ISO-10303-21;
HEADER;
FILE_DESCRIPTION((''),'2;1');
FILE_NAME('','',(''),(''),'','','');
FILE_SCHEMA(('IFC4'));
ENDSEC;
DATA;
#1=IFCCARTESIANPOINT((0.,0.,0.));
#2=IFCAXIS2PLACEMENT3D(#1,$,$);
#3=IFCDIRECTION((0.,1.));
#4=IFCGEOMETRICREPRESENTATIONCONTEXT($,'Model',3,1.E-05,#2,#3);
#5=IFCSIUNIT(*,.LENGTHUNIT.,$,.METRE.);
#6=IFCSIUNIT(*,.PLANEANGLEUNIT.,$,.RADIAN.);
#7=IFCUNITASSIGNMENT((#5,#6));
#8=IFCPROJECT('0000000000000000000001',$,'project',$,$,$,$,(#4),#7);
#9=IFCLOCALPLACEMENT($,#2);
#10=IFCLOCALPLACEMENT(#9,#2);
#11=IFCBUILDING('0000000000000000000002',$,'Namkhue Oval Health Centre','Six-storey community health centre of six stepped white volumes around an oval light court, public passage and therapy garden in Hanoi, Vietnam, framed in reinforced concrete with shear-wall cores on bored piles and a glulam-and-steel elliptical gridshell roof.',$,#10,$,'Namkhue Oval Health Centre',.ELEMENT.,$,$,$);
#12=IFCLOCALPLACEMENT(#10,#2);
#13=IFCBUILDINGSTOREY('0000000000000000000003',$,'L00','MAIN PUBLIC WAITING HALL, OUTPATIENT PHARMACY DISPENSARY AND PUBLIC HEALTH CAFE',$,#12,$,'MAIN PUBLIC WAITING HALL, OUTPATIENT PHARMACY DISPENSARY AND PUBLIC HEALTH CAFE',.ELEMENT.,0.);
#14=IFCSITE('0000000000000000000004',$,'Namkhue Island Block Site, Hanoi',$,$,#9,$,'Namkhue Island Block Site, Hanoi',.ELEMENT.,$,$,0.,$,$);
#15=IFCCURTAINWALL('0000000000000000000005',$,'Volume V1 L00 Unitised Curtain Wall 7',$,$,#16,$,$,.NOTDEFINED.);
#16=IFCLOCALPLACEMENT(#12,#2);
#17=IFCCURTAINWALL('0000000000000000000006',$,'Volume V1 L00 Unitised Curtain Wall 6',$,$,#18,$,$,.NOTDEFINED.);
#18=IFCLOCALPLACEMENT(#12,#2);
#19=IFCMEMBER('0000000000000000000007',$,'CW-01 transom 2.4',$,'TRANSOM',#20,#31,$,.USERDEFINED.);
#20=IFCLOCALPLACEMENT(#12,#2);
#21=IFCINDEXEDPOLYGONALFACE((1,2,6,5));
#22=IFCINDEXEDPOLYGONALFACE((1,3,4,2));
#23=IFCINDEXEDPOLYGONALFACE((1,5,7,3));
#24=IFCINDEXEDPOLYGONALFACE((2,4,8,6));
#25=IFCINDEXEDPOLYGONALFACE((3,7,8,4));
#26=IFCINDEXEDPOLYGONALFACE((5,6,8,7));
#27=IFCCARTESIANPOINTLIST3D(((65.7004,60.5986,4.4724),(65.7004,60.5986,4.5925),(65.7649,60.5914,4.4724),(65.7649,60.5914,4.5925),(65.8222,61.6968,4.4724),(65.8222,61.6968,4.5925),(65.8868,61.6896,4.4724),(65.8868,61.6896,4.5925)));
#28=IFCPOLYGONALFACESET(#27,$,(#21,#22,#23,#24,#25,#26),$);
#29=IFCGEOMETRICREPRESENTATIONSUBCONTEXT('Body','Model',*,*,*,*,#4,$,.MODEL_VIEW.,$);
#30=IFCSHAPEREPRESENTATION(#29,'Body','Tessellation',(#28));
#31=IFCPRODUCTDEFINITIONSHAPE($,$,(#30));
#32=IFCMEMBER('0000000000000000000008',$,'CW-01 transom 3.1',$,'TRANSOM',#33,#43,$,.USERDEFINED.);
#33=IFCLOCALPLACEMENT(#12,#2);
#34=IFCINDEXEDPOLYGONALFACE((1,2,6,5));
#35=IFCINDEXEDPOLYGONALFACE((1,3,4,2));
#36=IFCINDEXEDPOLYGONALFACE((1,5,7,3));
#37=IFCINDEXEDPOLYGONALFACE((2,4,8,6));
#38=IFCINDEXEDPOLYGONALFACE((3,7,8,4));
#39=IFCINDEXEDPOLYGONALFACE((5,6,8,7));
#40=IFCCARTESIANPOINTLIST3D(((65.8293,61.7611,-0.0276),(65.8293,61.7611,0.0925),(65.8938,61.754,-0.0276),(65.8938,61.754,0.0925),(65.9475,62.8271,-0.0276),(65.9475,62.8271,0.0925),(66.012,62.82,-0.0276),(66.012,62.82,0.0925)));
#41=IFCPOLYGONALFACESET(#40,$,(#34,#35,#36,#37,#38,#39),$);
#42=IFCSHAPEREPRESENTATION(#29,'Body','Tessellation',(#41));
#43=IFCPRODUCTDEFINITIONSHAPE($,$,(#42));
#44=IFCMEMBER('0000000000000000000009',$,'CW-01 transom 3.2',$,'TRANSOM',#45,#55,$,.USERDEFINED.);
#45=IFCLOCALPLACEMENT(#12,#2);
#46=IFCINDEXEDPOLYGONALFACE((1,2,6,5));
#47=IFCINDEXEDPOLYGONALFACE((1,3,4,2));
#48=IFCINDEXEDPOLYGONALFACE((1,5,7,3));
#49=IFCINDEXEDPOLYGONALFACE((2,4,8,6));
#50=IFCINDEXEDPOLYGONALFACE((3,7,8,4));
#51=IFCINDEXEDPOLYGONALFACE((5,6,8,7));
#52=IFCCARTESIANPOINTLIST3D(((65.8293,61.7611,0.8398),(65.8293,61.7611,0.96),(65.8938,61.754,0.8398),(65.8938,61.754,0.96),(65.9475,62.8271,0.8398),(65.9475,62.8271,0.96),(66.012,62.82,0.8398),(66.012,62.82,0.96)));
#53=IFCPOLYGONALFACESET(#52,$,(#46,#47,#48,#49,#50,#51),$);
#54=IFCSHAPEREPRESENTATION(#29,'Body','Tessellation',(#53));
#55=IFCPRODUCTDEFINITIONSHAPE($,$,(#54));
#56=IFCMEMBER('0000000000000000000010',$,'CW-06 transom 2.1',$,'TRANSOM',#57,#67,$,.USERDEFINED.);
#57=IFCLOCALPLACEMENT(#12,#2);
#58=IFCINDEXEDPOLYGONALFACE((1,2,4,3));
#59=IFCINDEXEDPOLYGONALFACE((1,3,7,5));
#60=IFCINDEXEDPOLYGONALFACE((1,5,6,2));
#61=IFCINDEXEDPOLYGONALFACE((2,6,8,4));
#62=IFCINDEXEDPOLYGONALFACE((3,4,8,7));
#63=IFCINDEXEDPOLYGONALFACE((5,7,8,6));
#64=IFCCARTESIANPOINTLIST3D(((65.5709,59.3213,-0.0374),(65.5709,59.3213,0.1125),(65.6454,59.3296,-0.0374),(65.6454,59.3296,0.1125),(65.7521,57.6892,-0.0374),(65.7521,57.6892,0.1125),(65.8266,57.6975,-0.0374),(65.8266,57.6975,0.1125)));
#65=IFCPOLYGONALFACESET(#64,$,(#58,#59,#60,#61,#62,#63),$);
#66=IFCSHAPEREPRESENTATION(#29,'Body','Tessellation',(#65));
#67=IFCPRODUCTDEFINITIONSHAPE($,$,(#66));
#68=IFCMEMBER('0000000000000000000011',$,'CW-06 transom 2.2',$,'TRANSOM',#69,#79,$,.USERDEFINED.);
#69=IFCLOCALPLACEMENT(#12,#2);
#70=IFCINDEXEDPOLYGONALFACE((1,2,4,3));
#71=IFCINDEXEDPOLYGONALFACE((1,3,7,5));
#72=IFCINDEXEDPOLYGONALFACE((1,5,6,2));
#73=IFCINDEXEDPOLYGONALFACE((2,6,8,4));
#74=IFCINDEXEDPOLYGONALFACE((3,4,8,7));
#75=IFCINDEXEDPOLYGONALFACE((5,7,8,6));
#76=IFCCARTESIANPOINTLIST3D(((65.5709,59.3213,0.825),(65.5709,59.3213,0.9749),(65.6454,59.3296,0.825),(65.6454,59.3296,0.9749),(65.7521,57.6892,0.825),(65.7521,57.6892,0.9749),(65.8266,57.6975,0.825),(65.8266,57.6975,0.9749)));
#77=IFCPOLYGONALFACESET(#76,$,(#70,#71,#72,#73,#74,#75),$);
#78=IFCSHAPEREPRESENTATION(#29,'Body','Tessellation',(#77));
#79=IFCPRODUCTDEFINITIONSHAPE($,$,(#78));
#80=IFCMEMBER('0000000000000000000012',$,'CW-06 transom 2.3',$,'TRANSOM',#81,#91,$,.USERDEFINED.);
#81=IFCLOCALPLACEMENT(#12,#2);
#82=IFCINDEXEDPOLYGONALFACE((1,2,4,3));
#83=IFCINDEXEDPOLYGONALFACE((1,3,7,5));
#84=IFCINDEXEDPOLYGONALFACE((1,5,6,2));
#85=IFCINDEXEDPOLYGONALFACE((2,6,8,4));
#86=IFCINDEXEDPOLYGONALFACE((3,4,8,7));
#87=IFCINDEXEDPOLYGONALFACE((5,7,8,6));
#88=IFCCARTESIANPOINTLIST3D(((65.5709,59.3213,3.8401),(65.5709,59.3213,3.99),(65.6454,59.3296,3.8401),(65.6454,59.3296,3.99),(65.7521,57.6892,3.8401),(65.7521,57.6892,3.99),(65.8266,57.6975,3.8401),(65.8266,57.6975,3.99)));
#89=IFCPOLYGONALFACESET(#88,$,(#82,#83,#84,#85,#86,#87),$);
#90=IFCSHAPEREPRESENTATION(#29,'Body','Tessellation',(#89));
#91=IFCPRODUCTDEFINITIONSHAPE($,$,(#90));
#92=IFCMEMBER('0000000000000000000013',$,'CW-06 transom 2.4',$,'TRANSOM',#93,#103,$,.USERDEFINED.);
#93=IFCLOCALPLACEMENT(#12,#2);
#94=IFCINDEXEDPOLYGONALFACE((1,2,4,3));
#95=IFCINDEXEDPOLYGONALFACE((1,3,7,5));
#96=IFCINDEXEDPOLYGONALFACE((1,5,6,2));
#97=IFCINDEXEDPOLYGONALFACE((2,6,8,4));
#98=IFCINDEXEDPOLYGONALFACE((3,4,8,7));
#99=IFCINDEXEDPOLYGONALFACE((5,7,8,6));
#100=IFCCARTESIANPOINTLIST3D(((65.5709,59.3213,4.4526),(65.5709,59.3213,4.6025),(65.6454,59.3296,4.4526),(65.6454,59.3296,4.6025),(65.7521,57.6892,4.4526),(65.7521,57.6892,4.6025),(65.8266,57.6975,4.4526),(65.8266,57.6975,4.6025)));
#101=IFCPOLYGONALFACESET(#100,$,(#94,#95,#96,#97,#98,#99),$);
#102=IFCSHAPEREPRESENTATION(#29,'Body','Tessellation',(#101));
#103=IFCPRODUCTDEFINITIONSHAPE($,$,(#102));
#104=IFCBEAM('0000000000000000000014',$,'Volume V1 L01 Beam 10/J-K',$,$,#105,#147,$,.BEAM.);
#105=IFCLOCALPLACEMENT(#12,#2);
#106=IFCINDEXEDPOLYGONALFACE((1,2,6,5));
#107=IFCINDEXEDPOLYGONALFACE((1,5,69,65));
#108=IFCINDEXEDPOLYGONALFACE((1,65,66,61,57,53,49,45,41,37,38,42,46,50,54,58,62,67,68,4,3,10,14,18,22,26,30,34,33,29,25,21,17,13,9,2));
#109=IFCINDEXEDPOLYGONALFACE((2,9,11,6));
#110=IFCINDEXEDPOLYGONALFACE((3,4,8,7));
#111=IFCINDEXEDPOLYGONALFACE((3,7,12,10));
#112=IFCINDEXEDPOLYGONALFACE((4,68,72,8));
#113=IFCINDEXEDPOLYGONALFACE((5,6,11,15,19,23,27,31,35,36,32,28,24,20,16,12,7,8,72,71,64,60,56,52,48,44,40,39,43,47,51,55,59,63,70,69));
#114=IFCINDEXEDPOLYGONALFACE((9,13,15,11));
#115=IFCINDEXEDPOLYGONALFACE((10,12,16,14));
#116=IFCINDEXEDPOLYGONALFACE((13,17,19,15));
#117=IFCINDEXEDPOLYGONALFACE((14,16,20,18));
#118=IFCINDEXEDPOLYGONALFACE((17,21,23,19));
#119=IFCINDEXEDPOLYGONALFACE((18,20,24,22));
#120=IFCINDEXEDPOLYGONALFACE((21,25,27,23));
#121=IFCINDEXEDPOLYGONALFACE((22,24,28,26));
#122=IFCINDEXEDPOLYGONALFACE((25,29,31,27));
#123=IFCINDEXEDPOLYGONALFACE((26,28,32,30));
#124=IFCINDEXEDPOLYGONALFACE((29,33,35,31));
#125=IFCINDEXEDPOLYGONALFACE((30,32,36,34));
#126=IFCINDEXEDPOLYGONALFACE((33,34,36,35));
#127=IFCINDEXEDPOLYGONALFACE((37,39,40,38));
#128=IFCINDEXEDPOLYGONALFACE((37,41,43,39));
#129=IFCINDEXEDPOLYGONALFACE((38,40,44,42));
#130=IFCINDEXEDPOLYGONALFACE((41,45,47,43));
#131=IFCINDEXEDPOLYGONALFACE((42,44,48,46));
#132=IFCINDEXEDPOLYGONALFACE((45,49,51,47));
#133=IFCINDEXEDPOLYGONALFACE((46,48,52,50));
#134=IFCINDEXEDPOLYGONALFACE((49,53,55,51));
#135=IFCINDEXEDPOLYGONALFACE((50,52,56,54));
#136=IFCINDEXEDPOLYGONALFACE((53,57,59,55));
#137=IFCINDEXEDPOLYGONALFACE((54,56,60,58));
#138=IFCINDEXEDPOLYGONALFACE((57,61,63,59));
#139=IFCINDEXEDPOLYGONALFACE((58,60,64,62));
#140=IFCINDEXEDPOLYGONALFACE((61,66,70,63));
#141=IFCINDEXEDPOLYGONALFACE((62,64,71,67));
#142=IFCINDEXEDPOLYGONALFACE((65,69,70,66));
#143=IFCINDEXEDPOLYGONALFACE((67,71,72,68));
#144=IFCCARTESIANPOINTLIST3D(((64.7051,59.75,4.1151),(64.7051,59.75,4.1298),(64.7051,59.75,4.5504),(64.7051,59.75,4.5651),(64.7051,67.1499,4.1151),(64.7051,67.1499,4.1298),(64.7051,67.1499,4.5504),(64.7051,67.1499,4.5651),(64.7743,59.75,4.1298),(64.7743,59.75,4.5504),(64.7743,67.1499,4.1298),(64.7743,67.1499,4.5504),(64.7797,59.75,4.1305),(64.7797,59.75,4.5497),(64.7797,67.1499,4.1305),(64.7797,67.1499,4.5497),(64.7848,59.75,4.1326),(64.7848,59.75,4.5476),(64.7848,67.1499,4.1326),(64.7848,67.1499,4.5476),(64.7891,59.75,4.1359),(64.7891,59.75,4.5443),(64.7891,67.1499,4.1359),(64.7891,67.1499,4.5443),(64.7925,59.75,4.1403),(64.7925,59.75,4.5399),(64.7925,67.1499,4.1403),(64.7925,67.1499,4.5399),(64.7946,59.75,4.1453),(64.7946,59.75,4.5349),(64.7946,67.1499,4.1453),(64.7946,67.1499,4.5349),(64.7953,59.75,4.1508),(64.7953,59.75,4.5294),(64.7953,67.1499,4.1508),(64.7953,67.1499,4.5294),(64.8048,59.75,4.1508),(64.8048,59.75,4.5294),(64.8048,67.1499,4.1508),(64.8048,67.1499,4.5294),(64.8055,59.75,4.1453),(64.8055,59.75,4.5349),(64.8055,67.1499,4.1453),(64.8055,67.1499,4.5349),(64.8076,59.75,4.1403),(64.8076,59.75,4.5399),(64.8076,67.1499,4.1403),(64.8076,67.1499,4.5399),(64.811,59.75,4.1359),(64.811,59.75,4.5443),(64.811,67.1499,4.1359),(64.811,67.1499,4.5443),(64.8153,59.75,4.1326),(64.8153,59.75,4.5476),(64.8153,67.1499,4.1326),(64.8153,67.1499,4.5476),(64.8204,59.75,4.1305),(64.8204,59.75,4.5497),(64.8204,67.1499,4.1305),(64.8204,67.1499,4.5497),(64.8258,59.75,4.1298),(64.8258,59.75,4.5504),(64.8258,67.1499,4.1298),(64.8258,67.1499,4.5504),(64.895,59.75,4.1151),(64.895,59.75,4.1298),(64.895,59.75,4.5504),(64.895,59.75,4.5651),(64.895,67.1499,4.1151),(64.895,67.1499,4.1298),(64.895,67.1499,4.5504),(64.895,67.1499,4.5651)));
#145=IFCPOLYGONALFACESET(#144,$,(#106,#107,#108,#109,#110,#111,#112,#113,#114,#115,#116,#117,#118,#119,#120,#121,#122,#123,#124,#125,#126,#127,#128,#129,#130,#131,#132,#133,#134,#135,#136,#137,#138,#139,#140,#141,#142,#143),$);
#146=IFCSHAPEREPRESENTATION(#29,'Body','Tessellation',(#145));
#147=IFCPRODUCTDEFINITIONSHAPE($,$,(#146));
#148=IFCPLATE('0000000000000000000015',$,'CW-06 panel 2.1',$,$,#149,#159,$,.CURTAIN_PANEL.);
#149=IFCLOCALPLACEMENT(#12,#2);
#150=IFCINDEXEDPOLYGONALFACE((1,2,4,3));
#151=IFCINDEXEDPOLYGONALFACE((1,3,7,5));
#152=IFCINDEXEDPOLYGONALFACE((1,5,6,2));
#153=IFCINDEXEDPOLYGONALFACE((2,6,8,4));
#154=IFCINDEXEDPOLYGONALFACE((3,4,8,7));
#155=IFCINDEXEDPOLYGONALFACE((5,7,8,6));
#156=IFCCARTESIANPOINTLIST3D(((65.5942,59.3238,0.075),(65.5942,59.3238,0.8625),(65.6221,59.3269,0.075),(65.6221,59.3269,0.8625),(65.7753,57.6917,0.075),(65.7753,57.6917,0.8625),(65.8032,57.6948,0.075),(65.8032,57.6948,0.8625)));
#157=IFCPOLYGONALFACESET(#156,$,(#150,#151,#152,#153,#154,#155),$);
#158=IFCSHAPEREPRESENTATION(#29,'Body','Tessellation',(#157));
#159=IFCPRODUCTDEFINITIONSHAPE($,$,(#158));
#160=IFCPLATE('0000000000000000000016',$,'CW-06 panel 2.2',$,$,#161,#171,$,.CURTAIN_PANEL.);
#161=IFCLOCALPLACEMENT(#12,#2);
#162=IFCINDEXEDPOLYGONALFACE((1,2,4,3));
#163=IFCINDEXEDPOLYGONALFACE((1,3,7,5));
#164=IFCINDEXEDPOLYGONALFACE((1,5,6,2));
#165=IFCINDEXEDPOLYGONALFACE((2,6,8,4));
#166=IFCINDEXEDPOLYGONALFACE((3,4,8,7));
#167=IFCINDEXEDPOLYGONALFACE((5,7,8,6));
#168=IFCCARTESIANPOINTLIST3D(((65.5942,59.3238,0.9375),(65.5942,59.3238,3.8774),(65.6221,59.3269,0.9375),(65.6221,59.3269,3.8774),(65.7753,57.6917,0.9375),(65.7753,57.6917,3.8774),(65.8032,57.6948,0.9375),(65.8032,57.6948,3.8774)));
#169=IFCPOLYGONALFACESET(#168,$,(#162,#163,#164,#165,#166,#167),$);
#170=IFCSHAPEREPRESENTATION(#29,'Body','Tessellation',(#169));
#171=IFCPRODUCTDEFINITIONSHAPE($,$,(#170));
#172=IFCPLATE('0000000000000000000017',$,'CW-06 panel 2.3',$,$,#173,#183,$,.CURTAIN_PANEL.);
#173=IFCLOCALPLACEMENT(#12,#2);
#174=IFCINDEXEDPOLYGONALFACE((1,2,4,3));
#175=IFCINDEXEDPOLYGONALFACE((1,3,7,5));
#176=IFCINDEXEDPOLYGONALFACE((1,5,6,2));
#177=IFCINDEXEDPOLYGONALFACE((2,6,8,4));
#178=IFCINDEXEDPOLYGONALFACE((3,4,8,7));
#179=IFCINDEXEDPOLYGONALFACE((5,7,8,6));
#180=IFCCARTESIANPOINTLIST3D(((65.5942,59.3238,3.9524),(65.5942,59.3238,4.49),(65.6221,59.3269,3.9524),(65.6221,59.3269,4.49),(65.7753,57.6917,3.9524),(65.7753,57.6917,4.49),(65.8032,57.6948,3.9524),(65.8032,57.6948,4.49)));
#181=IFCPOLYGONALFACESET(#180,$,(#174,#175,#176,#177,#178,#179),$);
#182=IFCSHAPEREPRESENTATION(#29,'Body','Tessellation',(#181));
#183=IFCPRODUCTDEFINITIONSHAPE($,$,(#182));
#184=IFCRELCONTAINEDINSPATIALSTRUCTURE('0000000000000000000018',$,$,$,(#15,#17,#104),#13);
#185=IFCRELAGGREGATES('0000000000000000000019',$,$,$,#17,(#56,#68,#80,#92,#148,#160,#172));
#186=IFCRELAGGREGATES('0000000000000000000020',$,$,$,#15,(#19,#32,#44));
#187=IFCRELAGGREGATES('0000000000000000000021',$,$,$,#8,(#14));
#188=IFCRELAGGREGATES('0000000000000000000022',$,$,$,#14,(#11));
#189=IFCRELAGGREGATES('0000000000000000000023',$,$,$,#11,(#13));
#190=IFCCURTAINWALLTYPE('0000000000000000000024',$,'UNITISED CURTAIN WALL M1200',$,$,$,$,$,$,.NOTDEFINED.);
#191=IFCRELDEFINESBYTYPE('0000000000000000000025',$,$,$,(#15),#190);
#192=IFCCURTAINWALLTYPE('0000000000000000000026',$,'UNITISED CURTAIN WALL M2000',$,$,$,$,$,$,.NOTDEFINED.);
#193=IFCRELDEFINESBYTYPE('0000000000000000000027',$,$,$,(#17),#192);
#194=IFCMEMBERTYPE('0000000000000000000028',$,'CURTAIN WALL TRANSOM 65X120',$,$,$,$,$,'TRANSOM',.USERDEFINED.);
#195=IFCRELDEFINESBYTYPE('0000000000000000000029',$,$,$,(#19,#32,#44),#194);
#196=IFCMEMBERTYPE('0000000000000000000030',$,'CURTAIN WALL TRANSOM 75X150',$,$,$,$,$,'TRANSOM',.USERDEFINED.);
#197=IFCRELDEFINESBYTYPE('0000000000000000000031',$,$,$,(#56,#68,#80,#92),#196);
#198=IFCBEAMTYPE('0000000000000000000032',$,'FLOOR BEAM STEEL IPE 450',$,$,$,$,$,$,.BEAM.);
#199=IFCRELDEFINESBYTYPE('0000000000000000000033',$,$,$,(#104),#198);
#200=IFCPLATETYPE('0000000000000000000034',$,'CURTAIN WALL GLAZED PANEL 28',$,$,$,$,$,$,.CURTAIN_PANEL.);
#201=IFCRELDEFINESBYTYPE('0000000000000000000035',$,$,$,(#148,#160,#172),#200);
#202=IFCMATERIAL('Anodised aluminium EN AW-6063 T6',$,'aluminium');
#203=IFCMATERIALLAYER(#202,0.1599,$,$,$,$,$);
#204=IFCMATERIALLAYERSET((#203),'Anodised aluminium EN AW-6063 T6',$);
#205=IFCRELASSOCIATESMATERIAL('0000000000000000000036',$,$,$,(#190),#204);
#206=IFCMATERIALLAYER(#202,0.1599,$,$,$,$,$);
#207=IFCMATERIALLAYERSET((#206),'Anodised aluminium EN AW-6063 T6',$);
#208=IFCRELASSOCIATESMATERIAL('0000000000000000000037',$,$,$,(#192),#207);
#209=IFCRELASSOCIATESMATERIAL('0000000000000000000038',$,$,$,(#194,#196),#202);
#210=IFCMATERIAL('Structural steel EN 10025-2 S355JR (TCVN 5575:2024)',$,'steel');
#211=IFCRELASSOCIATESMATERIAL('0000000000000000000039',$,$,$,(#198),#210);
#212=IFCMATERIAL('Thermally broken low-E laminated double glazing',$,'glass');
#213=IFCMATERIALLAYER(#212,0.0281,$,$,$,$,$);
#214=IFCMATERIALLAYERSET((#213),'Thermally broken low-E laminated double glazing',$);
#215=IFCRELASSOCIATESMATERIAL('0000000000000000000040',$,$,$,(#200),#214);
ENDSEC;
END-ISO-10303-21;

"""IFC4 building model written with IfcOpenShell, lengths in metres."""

from ifc_helpers import new_model, si_unit, direction, frame, origin, origin_2d, place, context, subcontext, project, spatial, rectangle, i_section, extrude, material, layer, layer_set, material_profile, profile_set, type_object, element, aggregate, save


model = new_model("IFC4")

# Units and contexts
model_context = context("Model", 3, precision=1e-05, world=origin(), true_north=direction((0.0, 1.0)))
body_context = subcontext(model_context, "Body", "Model", "MODEL_VIEW")
ifc_project = project(units=[si_unit("LENGTHUNIT", "METRE"), si_unit("PLANEANGLEUNIT", "RADIAN")], contexts=[model_context])

# Site, building, storey
site_placement = place(None, origin())
site = spatial("IfcSite", under=ifc_project, at=site_placement, Name="Namkhue Island Block Site, Hanoi", LongName="Namkhue Island Block Site, Hanoi", CompositionType="ELEMENT", RefElevation=0.0)
building_placement = place(site_placement, origin())
building = spatial("IfcBuilding", under=site, at=building_placement, Name="Namkhue Oval Health Centre", Description="Six-storey community health centre of six stepped white volumes around an oval light court, public passage and therapy garden in Hanoi, Vietnam, framed in reinforced concrete with shear-wall cores on bored piles and a glulam-and-steel elliptical gridshell roof.", LongName="Namkhue Oval Health Centre", CompositionType="ELEMENT")
storey_placement = place(building_placement, origin())
storey = spatial("IfcBuildingStorey", under=building, at=storey_placement, Name="L00", Description="MAIN PUBLIC WAITING HALL, OUTPATIENT PHARMACY DISPENSARY AND PUBLIC HEALTH CAFE", LongName="MAIN PUBLIC WAITING HALL, OUTPATIENT PHARMACY DISPENSARY AND PUBLIC HEALTH CAFE", CompositionType="ELEMENT", Elevation=0.0)

# Curtain walls
ifc_material_1 = material(Name="Anodised aluminium EN AW-6063 T6", Category="aluminium")
ifc_layer_1 = layer(ifc_material_1, 0.1599)
ifc_layer_set_1 = layer_set([ifc_layer_1], Name="Anodised aluminium EN AW-6063 T6")
curtain_wall_type_1 = type_object("IfcCurtainWallType", Name="UNITISED CURTAIN WALL M1200", PredefinedType="NOTDEFINED", material=ifc_layer_set_1)
curtain_wall_1_placement = place(storey_placement, origin())
curtain_wall_1 = element("IfcCurtainWall", 1, at=curtain_wall_1_placement, inside=storey, type_object=curtain_wall_type_1, Name="Volume V1 L00 Unitised Curtain Wall 7", PredefinedType="NOTDEFINED")
ifc_layer_2 = layer(ifc_material_1, 0.1599)
ifc_layer_set_2 = layer_set([ifc_layer_2], Name="Anodised aluminium EN AW-6063 T6")
curtain_wall_type_2 = type_object("IfcCurtainWallType", Name="UNITISED CURTAIN WALL M2000", PredefinedType="NOTDEFINED", material=ifc_layer_set_2)
curtain_wall_2_placement = place(storey_placement, origin())
curtain_wall_2 = element("IfcCurtainWall", 2, at=curtain_wall_2_placement, inside=storey, type_object=curtain_wall_type_2, Name="Volume V1 L00 Unitised Curtain Wall 6", PredefinedType="NOTDEFINED")

# Members
ifc_material_profile_1 = material_profile(ifc_material_1, rectangle(XDim=0.0649, YDim=0.1201, at=origin_2d()), Name="ALU 65x120")
ifc_profile_set_1 = profile_set([ifc_material_profile_1], Name="Anodised aluminium EN AW-6063 T6")
member_type_1 = type_object("IfcMemberType", Name="CURTAIN WALL TRANSOM 65X120", ElementType="TRANSOM", PredefinedType="USERDEFINED", material=ifc_profile_set_1)
member_1_placement = place(storey_placement, frame((65.7327, 60.595, 4.5325), z_axis=(0.110262, 0.993903, 0.0), x_axis=(-0.993903, 0.110262, 0.0)))
member_1 = element("IfcMember", 3, at=member_1_placement, type_object=member_type_1, Name="CW-01 transom 2.4", ObjectType="TRANSOM", PredefinedType="USERDEFINED", context=body_context, shape_type="SweptSolid", body=[
    extrude(rectangle(XDim=0.0649, YDim=0.1201, at=origin_2d()), origin(), (0.0, 0.0, 1.0), 1.105),
])
member_2_placement = place(storey_placement, frame((65.8616, 61.7576, 0.0325), z_axis=(0.110182, 0.993911, 0.0), x_axis=(-0.993911, 0.110182, 0.0)))
member_2 = element("IfcMember", 4, at=member_2_placement, type_object=member_type_1, Name="CW-01 transom 3.1", ObjectType="TRANSOM", PredefinedType="USERDEFINED", context=body_context, shape_type="SweptSolid", body=[
    extrude(rectangle(XDim=0.0649, YDim=0.1201, at=origin_2d()), origin(), (0.0, 0.0, 1.0), 1.0725),
])
member_3_placement = place(storey_placement, frame((65.8616, 61.7576, 0.8999), z_axis=(0.110182, 0.993911, 0.0), x_axis=(-0.993911, 0.110182, 0.0)))
member_3 = element("IfcMember", 5, at=member_3_placement, type_object=member_type_1, Name="CW-01 transom 3.2", ObjectType="TRANSOM", PredefinedType="USERDEFINED", context=body_context, shape_type="SweptSolid", body=[
    extrude(rectangle(XDim=0.0649, YDim=0.1201, at=origin_2d()), origin(), (0.0, 0.0, 1.0), 1.0725),
])
ifc_material_profile_2 = material_profile(ifc_material_1, rectangle(XDim=0.075, YDim=0.1499, at=origin_2d()), Name="ALU 75x150")
ifc_profile_set_2 = profile_set([ifc_material_profile_2], Name="Anodised aluminium EN AW-6063 T6")
member_type_2 = type_object("IfcMemberType", Name="CURTAIN WALL TRANSOM 75X150", ElementType="TRANSOM", PredefinedType="USERDEFINED", material=ifc_profile_set_2)
member_4_placement = place(storey_placement, frame((65.7893, 57.6934, 0.0376), z_axis=(-0.110317, 0.993896, 0.0), x_axis=(-0.993896, -0.110317, 0.0)))
member_4 = element("IfcMember", 6, at=member_4_placement, type_object=member_type_2, Name="CW-06 transom 2.1", ObjectType="TRANSOM", PredefinedType="USERDEFINED", context=body_context, shape_type="SweptSolid", body=[
    extrude(rectangle(XDim=0.075, YDim=0.1499, at=origin_2d()), origin(), (0.0, 0.0, 1.0), 1.6421),
])
member_5_placement = place(storey_placement, frame((65.7893, 57.6934, 0.8999), z_axis=(-0.110317, 0.993896, 0.0), x_axis=(-0.993896, -0.110317, 0.0)))
member_5 = element("IfcMember", 7, at=member_5_placement, type_object=member_type_2, Name="CW-06 transom 2.2", ObjectType="TRANSOM", PredefinedType="USERDEFINED", context=body_context, shape_type="SweptSolid", body=[
    extrude(rectangle(XDim=0.075, YDim=0.1499, at=origin_2d()), origin(), (0.0, 0.0, 1.0), 1.6421),
])
member_6_placement = place(storey_placement, frame((65.7893, 57.6934, 3.915), z_axis=(-0.110317, 0.993896, 0.0), x_axis=(-0.993896, -0.110317, 0.0)))
member_6 = element("IfcMember", 8, at=member_6_placement, type_object=member_type_2, Name="CW-06 transom 2.3", ObjectType="TRANSOM", PredefinedType="USERDEFINED", context=body_context, shape_type="SweptSolid", body=[
    extrude(rectangle(XDim=0.075, YDim=0.1499, at=origin_2d()), origin(), (0.0, 0.0, 1.0), 1.6421),
])
member_7_placement = place(storey_placement, frame((65.7893, 57.6934, 4.5276), z_axis=(-0.110317, 0.993896, 0.0), x_axis=(-0.993896, -0.110317, 0.0)))
member_7 = element("IfcMember", 9, at=member_7_placement, type_object=member_type_2, Name="CW-06 transom 2.4", ObjectType="TRANSOM", PredefinedType="USERDEFINED", context=body_context, shape_type="SweptSolid", body=[
    extrude(rectangle(XDim=0.075, YDim=0.1499, at=origin_2d()), origin(), (0.0, 0.0, 1.0), 1.6421),
])

# Beam
ifc_material_2 = material(Name="Structural steel EN 10025-2 S355JR (TCVN 5575:2024)", Category="steel")
ifc_material_profile_3 = material_profile(ifc_material_2, i_section(OverallWidth=0.1899, OverallDepth=0.45, WebThickness=0.0095, FlangeThickness=0.0146, FilletRadius=0.021, at=origin_2d()), Name="IPE 450")
ifc_profile_set_3 = profile_set([ifc_material_profile_3], Name="Structural steel EN 10025-2 S355JR (TCVN 5575:2024)")
beam_type = type_object("IfcBeamType", Name="FLOOR BEAM STEEL IPE 450", PredefinedType="BEAM", material=ifc_profile_set_3)
beam_placement = place(storey_placement, frame((64.8, 59.75, 4.3401), z_axis=(0.0, 1.0, 0.0), x_axis=(-1.0, 0.0, 0.0)))
element("IfcBeam", 10, at=beam_placement, inside=storey, type_object=beam_type, Name="Volume V1 L01 Beam 10/J-K", PredefinedType="BEAM", context=body_context, shape_type="SweptSolid", body=[
    extrude(i_section(OverallWidth=0.1899, OverallDepth=0.45, WebThickness=0.0095, FlangeThickness=0.0146, FilletRadius=0.021, at=origin_2d()), origin(), (0.0, 0.0, 1.0), 7.3999),
])

# Plates
ifc_material_3 = material(Name="Thermally broken low-E laminated double glazing", Category="glass")
ifc_layer_3 = layer(ifc_material_3, 0.0281)
ifc_layer_set_3 = layer_set([ifc_layer_3], Name="Thermally broken low-E laminated double glazing")
plate_type_1 = type_object("IfcPlateType", Name="CURTAIN WALL GLAZED PANEL 28", PredefinedType="CURTAIN_PANEL", material=ifc_layer_set_3)
plate_1_placement = place(storey_placement, frame((65.6987, 58.5093, 0.075), z_axis=(0.0, 0.0, 1.0), x_axis=(-0.110275, 0.993901, 0.0)))
plate_1 = element("IfcPlate", 11, at=plate_1_placement, type_object=plate_type_1, Name="CW-06 panel 2.1", PredefinedType="CURTAIN_PANEL", context=body_context, shape_type="SweptSolid", body=[
    extrude(rectangle(XDim=1.6421, YDim=0.0281, at=origin_2d()), origin(), (0.0, 0.0, 1.0), 0.7876),
])
plate_2_placement = place(storey_placement, frame((65.6987, 58.5093, 0.9375), z_axis=(0.0, 0.0, 1.0), x_axis=(-0.110275, 0.993901, 0.0)))
plate_2 = element("IfcPlate", 12, at=plate_2_placement, type_object=plate_type_1, Name="CW-06 panel 2.2", PredefinedType="CURTAIN_PANEL", context=body_context, shape_type="SweptSolid", body=[
    extrude(rectangle(XDim=1.6421, YDim=0.0281, at=origin_2d()), origin(), (0.0, 0.0, 1.0), 2.9399),
])
plate_3_placement = place(storey_placement, frame((65.6987, 58.5093, 3.9524), z_axis=(0.0, 0.0, 1.0), x_axis=(-0.110275, 0.993901, 0.0)))
plate_3 = element("IfcPlate", 13, at=plate_3_placement, type_object=plate_type_1, Name="CW-06 panel 2.3", PredefinedType="CURTAIN_PANEL", context=body_context, shape_type="SweptSolid", body=[
    extrude(rectangle(XDim=1.6421, YDim=0.0281, at=origin_2d()), origin(), (0.0, 0.0, 1.0), 0.5376),
])
aggregate(curtain_wall_2, [member_4, member_5, member_6, member_7, plate_1, plate_2, plate_3])
aggregate(curtain_wall_1, [member_1, member_2, member_3])

save(model, "model.ifc")
